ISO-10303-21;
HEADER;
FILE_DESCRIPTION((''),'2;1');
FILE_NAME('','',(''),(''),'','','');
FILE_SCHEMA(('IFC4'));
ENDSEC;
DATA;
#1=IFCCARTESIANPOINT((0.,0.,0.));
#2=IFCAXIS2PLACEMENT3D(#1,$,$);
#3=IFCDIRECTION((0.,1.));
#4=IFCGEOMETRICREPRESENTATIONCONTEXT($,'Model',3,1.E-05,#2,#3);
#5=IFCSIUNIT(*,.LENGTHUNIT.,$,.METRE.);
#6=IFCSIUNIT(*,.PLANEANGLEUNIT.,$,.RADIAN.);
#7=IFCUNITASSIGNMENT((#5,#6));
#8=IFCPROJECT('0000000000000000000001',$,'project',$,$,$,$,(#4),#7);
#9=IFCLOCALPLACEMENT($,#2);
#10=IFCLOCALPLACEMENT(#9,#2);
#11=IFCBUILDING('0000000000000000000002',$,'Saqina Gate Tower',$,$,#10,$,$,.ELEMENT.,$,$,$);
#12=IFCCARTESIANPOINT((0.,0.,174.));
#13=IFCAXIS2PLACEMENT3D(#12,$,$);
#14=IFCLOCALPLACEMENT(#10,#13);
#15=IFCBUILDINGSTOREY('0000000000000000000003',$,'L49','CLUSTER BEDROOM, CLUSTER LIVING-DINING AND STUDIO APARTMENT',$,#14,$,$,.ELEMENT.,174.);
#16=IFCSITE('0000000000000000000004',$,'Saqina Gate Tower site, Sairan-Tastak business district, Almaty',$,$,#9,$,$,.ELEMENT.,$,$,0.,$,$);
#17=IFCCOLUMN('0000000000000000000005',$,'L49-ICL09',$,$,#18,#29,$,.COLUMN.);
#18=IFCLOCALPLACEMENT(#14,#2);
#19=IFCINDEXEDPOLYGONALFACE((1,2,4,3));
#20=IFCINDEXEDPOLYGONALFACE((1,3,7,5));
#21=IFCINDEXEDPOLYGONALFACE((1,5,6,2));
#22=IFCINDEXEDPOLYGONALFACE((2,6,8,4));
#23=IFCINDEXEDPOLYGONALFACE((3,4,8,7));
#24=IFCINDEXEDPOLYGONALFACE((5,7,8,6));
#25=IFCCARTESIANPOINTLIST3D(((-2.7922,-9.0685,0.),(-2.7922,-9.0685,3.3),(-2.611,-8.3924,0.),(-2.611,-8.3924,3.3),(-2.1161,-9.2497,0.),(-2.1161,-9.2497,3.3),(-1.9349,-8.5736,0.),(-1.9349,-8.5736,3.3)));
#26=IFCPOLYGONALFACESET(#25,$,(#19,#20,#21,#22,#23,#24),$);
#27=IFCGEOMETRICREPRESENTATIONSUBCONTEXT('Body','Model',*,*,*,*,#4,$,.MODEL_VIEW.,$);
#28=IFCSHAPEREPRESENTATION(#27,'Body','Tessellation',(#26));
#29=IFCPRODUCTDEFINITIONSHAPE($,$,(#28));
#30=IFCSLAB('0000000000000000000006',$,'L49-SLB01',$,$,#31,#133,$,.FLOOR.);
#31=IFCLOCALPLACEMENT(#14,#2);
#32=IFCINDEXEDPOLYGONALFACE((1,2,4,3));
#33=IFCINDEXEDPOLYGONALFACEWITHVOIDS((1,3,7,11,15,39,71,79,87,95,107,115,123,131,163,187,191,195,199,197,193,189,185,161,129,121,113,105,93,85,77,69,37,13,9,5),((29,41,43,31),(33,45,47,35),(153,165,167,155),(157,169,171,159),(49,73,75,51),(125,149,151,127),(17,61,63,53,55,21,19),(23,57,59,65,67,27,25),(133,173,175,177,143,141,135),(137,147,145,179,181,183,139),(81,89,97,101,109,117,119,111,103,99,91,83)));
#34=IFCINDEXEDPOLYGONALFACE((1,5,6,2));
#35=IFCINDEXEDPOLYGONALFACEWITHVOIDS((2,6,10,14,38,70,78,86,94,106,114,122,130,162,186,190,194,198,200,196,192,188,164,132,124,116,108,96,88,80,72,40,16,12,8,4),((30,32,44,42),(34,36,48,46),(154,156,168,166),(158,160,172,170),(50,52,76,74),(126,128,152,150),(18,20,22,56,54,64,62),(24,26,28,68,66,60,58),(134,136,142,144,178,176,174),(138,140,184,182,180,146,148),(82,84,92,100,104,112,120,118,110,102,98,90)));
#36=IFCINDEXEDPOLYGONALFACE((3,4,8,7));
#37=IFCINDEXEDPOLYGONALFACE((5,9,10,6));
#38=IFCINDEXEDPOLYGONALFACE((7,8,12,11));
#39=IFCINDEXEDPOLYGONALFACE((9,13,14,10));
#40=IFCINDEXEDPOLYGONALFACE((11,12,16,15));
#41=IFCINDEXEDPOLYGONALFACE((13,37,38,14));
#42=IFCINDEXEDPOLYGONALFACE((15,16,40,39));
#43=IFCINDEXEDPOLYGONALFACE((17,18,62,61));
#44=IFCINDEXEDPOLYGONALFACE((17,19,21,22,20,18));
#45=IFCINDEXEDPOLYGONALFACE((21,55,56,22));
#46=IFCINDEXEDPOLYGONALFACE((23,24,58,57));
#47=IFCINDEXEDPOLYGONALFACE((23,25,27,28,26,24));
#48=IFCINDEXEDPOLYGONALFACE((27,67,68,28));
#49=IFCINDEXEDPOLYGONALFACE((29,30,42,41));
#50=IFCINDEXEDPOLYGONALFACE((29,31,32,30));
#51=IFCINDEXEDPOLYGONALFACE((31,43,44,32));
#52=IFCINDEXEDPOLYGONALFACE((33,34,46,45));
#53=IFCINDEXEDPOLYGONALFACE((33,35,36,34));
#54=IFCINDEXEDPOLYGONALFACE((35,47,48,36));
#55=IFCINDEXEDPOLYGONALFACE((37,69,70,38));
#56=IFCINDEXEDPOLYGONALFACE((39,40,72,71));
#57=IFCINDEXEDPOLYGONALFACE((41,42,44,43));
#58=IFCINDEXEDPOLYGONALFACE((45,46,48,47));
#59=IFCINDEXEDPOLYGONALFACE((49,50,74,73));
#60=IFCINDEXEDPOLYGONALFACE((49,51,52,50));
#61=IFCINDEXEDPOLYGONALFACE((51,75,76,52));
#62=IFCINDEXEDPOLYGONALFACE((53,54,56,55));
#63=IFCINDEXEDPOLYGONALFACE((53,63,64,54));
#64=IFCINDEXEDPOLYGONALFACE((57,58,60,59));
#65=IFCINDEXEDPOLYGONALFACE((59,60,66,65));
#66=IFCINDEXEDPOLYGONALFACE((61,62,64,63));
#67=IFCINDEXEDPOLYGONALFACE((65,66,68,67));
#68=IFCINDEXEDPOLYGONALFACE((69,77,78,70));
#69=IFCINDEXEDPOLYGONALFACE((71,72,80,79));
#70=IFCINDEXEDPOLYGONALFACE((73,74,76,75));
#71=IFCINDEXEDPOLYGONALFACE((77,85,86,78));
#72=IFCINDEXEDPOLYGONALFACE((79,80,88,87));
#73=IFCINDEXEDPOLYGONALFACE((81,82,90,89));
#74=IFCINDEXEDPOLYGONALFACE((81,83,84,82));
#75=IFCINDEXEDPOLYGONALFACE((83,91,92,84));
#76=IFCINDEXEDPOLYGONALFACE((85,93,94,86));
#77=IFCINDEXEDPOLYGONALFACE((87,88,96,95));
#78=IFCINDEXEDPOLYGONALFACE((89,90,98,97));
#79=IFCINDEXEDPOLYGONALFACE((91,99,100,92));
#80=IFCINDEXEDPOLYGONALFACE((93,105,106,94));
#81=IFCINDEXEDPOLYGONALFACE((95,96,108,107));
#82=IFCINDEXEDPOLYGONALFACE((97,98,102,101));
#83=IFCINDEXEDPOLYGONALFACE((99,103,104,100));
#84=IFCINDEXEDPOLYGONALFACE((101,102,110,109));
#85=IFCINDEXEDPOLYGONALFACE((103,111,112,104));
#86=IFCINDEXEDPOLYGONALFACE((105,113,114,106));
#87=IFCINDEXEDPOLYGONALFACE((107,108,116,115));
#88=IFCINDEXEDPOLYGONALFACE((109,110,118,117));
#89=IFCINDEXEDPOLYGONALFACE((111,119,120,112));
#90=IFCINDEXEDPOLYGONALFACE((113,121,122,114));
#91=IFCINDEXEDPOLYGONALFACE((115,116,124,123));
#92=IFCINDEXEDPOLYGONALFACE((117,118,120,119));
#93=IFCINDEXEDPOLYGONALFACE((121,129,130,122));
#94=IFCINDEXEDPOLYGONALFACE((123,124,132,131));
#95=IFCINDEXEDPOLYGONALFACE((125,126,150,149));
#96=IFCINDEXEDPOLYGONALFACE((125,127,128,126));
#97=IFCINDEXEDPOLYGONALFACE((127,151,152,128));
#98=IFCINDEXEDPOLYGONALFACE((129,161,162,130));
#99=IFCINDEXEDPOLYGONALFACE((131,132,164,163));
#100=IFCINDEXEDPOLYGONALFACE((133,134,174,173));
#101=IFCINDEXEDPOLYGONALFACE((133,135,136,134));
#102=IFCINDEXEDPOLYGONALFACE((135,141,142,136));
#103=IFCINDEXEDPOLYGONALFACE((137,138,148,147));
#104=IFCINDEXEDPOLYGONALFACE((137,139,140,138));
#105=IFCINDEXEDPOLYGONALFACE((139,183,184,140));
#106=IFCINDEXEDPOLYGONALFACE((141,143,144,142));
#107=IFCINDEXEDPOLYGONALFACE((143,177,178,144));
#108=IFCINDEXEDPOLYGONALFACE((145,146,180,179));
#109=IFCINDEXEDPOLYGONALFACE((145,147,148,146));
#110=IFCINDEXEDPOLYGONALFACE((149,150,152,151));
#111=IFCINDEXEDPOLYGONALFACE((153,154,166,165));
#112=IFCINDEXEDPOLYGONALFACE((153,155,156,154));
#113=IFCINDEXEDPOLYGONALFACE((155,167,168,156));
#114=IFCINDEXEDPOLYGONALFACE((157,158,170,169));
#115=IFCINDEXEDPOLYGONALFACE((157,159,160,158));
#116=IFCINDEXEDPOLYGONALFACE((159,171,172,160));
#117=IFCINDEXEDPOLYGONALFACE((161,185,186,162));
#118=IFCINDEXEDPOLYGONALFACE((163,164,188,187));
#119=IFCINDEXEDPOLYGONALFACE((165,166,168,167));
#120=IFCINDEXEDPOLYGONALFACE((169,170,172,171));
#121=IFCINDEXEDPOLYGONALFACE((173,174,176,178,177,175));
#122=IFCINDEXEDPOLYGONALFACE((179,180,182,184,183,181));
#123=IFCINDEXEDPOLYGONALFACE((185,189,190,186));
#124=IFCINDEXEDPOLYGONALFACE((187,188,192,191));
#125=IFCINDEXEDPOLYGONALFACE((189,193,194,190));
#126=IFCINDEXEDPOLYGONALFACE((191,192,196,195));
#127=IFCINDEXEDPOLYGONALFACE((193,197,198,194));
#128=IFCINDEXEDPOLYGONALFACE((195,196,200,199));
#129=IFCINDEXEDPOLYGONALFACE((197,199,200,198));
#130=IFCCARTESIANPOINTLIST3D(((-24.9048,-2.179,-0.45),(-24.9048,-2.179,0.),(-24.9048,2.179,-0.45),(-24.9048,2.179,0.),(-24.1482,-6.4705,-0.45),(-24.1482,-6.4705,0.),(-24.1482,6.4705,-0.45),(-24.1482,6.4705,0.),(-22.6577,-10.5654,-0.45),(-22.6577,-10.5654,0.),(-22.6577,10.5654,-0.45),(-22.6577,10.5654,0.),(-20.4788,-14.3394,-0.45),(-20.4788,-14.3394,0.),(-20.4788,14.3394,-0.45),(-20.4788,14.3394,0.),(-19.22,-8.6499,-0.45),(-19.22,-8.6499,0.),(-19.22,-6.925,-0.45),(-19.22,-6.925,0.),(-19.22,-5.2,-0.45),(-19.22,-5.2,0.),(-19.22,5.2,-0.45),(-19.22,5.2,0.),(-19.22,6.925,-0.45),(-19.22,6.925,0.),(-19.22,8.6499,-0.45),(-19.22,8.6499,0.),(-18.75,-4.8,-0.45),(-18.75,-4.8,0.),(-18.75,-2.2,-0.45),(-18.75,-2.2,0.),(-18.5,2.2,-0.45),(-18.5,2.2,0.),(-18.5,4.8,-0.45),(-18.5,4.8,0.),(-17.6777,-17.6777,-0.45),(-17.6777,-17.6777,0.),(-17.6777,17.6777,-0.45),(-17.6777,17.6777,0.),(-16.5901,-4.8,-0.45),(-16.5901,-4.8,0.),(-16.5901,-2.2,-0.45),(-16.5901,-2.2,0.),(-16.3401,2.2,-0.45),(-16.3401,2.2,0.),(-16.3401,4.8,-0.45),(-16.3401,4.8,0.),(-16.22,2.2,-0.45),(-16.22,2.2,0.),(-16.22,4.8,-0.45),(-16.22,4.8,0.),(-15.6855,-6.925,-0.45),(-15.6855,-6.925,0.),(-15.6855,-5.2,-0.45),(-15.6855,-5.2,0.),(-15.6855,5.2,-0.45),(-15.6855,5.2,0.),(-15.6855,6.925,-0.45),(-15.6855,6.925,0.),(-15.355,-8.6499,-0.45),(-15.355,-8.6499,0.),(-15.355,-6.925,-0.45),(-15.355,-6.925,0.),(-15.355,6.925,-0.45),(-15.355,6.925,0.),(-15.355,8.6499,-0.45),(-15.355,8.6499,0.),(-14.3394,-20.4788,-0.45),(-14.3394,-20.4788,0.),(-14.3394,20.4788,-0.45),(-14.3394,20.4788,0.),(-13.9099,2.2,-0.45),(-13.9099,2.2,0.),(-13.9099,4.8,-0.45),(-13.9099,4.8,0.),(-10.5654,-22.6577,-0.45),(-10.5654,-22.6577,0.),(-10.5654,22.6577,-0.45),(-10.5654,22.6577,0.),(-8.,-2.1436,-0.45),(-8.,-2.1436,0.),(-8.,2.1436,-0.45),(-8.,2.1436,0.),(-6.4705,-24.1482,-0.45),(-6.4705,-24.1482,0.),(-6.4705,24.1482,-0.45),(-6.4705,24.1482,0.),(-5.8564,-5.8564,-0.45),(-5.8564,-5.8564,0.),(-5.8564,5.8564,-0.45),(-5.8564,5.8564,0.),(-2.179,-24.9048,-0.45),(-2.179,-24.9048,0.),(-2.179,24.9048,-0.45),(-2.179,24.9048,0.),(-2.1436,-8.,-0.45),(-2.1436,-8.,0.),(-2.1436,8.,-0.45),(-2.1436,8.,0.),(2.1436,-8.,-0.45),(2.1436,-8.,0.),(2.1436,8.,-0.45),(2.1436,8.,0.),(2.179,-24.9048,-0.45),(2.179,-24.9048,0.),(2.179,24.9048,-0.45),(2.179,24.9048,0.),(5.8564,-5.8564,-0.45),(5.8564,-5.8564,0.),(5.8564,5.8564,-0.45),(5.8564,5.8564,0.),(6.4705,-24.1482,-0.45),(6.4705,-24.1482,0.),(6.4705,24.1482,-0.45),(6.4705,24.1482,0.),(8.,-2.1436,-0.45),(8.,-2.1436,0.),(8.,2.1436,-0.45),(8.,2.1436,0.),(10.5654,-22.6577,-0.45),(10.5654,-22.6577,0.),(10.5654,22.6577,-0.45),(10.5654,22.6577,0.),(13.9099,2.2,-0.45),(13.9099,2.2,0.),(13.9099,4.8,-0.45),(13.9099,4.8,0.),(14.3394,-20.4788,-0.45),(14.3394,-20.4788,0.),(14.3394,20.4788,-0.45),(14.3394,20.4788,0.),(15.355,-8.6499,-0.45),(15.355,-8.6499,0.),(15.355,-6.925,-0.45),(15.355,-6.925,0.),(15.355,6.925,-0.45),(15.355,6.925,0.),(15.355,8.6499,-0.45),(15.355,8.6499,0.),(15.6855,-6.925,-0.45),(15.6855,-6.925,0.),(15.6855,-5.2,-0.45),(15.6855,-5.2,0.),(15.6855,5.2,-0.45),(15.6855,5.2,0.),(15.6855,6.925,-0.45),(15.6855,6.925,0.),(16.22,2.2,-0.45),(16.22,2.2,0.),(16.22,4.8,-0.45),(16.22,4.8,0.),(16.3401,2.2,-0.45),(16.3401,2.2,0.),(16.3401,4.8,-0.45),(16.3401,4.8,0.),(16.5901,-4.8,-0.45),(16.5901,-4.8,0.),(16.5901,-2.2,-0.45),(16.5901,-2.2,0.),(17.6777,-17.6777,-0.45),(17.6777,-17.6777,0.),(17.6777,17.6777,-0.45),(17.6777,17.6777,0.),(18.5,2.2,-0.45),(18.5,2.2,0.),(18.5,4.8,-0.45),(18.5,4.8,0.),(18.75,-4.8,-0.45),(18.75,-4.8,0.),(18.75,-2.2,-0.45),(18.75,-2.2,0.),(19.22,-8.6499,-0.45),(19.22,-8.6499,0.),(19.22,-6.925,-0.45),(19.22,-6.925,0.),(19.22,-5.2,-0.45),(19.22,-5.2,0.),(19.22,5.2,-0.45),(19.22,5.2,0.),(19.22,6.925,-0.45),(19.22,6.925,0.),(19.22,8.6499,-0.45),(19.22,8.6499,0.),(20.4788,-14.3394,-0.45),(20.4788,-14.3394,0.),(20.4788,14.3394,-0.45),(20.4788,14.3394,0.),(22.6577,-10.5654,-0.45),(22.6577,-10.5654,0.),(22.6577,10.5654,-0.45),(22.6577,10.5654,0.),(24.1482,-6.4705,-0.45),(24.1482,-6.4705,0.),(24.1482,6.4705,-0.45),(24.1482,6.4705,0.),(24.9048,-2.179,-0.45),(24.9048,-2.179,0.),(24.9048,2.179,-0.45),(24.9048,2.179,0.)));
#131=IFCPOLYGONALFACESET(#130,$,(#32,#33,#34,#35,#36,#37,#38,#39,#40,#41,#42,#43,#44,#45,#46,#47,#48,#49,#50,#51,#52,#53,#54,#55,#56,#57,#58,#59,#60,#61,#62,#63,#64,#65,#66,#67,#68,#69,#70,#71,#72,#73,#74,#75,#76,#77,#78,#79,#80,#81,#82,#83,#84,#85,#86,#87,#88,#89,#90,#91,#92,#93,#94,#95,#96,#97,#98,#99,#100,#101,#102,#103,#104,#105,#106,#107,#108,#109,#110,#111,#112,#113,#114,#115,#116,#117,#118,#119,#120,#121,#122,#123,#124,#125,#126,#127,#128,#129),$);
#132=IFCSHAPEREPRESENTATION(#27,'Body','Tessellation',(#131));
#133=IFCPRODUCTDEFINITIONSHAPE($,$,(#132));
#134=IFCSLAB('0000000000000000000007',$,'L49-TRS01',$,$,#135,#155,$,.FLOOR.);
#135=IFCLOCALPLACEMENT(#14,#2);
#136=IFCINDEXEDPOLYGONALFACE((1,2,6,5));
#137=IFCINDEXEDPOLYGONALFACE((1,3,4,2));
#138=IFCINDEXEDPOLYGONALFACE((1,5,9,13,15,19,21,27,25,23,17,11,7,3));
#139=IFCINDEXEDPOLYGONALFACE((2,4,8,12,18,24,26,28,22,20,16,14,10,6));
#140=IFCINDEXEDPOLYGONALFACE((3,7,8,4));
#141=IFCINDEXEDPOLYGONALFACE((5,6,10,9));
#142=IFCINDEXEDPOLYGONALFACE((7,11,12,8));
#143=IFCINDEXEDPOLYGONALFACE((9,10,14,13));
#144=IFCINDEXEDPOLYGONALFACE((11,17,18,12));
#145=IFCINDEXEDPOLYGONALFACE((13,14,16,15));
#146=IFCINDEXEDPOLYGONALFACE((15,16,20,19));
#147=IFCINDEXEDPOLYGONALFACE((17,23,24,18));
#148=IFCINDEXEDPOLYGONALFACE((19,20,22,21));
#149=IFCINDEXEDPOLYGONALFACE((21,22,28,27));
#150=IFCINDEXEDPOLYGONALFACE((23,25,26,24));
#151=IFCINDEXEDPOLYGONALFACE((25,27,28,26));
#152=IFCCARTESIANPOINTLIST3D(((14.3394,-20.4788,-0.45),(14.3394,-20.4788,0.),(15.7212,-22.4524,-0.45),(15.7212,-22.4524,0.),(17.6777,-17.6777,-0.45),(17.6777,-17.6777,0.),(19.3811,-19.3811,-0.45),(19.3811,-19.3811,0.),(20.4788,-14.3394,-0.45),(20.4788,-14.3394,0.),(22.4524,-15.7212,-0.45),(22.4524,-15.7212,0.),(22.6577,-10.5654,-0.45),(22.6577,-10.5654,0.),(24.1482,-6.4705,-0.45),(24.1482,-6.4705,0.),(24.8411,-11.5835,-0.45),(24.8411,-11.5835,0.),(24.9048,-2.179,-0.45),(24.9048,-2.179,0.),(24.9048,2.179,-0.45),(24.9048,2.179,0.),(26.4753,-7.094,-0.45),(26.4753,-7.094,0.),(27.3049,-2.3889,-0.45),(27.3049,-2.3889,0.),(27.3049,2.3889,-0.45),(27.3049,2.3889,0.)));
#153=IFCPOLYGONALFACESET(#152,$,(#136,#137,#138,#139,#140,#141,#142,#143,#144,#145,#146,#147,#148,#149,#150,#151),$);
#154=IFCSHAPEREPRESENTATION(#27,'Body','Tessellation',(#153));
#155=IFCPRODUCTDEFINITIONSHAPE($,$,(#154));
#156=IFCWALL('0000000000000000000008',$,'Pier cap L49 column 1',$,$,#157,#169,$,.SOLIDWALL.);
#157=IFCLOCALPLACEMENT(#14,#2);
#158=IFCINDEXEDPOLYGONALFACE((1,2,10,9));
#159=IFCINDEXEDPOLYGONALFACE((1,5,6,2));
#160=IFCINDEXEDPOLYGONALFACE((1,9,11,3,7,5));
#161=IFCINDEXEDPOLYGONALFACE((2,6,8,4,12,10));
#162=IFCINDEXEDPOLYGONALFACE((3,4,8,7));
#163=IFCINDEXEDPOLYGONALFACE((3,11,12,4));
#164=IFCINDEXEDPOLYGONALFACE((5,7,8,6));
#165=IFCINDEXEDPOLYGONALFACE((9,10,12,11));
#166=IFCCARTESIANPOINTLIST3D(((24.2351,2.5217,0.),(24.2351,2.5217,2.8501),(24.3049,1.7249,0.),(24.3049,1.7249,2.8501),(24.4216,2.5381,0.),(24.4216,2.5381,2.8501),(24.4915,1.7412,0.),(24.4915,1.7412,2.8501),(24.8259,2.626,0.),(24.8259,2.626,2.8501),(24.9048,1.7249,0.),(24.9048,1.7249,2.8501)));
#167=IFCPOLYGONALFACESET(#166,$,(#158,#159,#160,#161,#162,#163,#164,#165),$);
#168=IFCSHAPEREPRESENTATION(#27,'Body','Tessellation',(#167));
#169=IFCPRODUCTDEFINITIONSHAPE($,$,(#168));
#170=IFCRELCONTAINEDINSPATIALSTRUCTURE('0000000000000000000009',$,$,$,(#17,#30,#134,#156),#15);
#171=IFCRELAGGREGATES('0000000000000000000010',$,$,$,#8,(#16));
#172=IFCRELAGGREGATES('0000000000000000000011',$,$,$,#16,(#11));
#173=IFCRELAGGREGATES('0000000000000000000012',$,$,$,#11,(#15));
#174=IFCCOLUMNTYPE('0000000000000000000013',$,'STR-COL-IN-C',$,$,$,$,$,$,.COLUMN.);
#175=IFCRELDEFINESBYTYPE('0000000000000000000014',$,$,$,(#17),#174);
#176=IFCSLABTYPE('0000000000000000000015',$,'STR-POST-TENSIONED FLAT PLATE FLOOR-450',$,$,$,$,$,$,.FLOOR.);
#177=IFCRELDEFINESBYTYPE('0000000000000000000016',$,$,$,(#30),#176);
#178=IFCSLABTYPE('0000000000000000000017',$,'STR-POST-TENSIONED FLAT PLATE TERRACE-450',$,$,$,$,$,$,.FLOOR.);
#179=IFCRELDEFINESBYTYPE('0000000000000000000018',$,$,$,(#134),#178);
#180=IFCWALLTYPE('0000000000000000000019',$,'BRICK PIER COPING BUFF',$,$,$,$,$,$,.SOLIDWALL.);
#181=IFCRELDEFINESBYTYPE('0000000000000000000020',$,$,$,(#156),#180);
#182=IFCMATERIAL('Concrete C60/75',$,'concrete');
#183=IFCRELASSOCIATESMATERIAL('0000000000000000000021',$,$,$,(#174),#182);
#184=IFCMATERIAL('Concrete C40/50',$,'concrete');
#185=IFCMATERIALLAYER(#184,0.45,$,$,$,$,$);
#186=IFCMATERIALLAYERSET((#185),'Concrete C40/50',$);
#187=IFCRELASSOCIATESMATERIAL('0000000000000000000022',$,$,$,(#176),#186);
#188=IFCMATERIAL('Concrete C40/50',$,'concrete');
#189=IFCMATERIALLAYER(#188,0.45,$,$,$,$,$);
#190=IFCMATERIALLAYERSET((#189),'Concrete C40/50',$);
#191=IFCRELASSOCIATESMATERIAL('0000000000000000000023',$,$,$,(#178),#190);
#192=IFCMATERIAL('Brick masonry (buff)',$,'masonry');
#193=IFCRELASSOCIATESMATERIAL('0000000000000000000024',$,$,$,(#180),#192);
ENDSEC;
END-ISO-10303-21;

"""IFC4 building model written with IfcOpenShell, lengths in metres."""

from ifc_helpers import new_model, si_unit, direction, frame, origin, origin_2d, place, context, subcontext, project, spatial, polyline, rectangle, outline, extrude, material, layer, layer_set, material_profile, profile_set, type_object, element, save


model = new_model("IFC4")

# Units and contexts
model_context = context("Model", 3, precision=1e-05, world=origin(), true_north=direction((0.0, 1.0)))
body_context = subcontext(model_context, "Body", "Model", "MODEL_VIEW")
ifc_project = project(units=[si_unit("LENGTHUNIT", "METRE"), si_unit("PLANEANGLEUNIT", "RADIAN")], contexts=[model_context])

# Site, building, storey
site_placement = place(None, origin())
site = spatial("IfcSite", under=ifc_project, at=site_placement, Name="Saqina Gate Tower site, Sairan-Tastak business district, Almaty", CompositionType="ELEMENT", RefElevation=0.0)
building_placement = place(site_placement, origin())
building = spatial("IfcBuilding", under=site, at=building_placement, Name="Saqina Gate Tower", CompositionType="ELEMENT")
storey_placement = place(building_placement, frame((0.0, 0.0, 174.0)))
storey = spatial("IfcBuildingStorey", under=building, at=storey_placement, Name="L49", Description="CLUSTER BEDROOM, CLUSTER LIVING-DINING AND STUDIO APARTMENT", CompositionType="ELEMENT", Elevation=174.0)

# Column
ifc_material_1 = material(Name="Concrete C60/75", Category="concrete")
ifc_material_profile = material_profile(ifc_material_1, rectangle(XDim=0.7, YDim=0.7, at=origin_2d()), Name="RC 700x700")
ifc_profile_set = profile_set([ifc_material_profile], Name="Concrete C60/75")
column_type = type_object("IfcColumnType", Name="STR-COL-IN-C", PredefinedType="COLUMN", material=ifc_profile_set)
column_placement = place(storey_placement, frame((-2.3635, -8.821, 0.0), z_axis=(0.0, 0.0, 1.0), x_axis=(-0.258819, -0.965926, 0.0)))
element("IfcColumn", 1, at=column_placement, inside=storey, type_object=column_type, Name="L49-ICL09", PredefinedType="COLUMN", context=body_context, shape_type="SweptSolid", body=[
    extrude(rectangle(XDim=0.7, YDim=0.7, at=origin_2d()), origin(), (0.0, 0.0, 1.0), 3.3),
])

# Slabs
ifc_material_2 = material(Name="Concrete C40/50", Category="concrete")
ifc_layer_1 = layer(ifc_material_2, 0.45)
ifc_layer_set_1 = layer_set([ifc_layer_1], Name="Concrete C40/50")
slab_type_1 = type_object("IfcSlabType", Name="STR-POST-TENSIONED FLAT PLATE FLOOR-450", PredefinedType="FLOOR", material=ifc_layer_set_1)
slab_1_placement = place(storey_placement, frame((0.0, 0.0, -0.45)))
element("IfcSlab", 2, at=slab_1_placement, inside=storey, type_object=slab_type_1, Name="L49-SLB01", PredefinedType="FLOOR", context=body_context, shape_type="SweptSolid", body=[
    extrude(outline(polyline([(24.1482, -6.4705), (24.9048, -2.179), (24.9048, 2.179), (24.1482, 6.4705), (22.6577, 10.5654), (20.4788, 14.3394), (17.6777, 17.6777), (14.3394, 20.4788), (10.5654, 22.6577), (6.4705, 24.1482), (2.179, 24.9048), (-2.179, 24.9048), (-6.4705, 24.1482), (-10.5654, 22.6577), (-14.3394, 20.4788), (-17.6777, 17.6777), (-20.4788, 14.3394), (-22.6577, 10.5654), (-24.1482, 6.4705), (-24.9048, 2.179), (-24.9048, -2.179), (-24.1482, -6.4705), (-22.6577, -10.5654), (-20.4788, -14.3394), (-17.6777, -17.6777), (-14.3394, -20.4788), (-10.5654, -22.6577), (-6.4705, -24.1482), (-2.179, -24.9048), (2.179, -24.9048), (6.4705, -24.1482), (10.5654, -22.6577), (14.3394, -20.4788), (17.6777, -17.6777), (20.4788, -14.3394), (22.6577, -10.5654), (24.1482, -6.4705)]), holes=[polyline([(2.1436, 8.0), (5.8564, 5.8564), (8.0, 2.1436), (8.0, -2.1436), (5.8564, -5.8564), (2.1436, -8.0), (-2.1436, -8.0), (-5.8564, -5.8564), (-8.0, -2.1436), (-8.0, 2.1436), (-5.8564, 5.8564), (-2.1436, 8.0), (2.1436, 8.0)]), polyline([(-15.355, -8.6499), (-19.22, -8.6499), (-19.22, -6.925), (-19.22, -5.2), (-15.6855, -5.2), (-15.6855, -6.925), (-15.355, -6.925), (-15.355, -8.6499)]), polyline([(-16.5901, -2.2), (-16.5901, -4.8), (-18.75, -4.8), (-18.75, -2.2), (-16.5901, -2.2)]), polyline([(-16.3401, 4.8), (-16.3401, 2.2), (-18.5, 2.2), (-18.5, 4.8), (-16.3401, 4.8)]), polyline([(-13.9099, 4.8), (-13.9099, 2.2), (-16.22, 2.2), (-16.22, 4.8), (-13.9099, 4.8)]), polyline([(-19.22, 6.925), (-19.22, 8.6499), (-15.355, 8.6499), (-15.355, 6.925), (-15.6855, 6.925), (-15.6855, 5.2), (-19.22, 5.2), (-19.22, 6.925)]), polyline([(15.355, -8.6499), (15.355, -6.925), (15.6855, -6.925), (15.6855, -5.2), (19.22, -5.2), (19.22, -6.925), (19.22, -8.6499), (15.355, -8.6499)]), polyline([(18.75, -2.2), (18.75, -4.8), (16.5901, -4.8), (16.5901, -2.2), (18.75, -2.2)]), polyline([(16.22, 4.8), (16.22, 2.2), (13.9099, 2.2), (13.9099, 4.8), (16.22, 4.8)]), polyline([(18.5, 4.8), (18.5, 2.2), (16.3401, 2.2), (16.3401, 4.8), (18.5, 4.8)]), polyline([(15.6855, 6.925), (15.355, 6.925), (15.355, 8.6499), (19.22, 8.6499), (19.22, 6.925), (19.22, 5.2), (15.6855, 5.2), (15.6855, 6.925)])]), origin(), (0.0, 0.0, 1.0), 0.45),
])
ifc_material_3 = material(Name="Concrete C40/50", Category="concrete")
ifc_layer_2 = layer(ifc_material_3, 0.45)
ifc_layer_set_2 = layer_set([ifc_layer_2], Name="Concrete C40/50")
slab_type_2 = type_object("IfcSlabType", Name="STR-POST-TENSIONED FLAT PLATE TERRACE-450", PredefinedType="FLOOR", material=ifc_layer_set_2)
slab_2_placement = place(storey_placement, frame((0.0, 0.0, -0.45)))
element("IfcSlab", 3, at=slab_2_placement, inside=storey, type_object=slab_type_2, Name="L49-TRS01", PredefinedType="FLOOR", context=body_context, shape_type="SweptSolid", body=[
    extrude(outline(polyline([(14.3394, -20.4788), (17.6777, -17.6777), (20.4788, -14.3394), (22.6577, -10.5654), (24.1482, -6.4705), (24.9048, -2.179), (24.9048, 2.179), (27.3049, 2.3889), (27.3049, -2.3889), (26.4753, -7.094), (24.8411, -11.5835), (22.4524, -15.7212), (19.3811, -19.3811), (15.7212, -22.4524), (14.3394, -20.4788)])), origin(), (0.0, 0.0, 1.0), 0.45),
])

# Wall
ifc_material_4 = material(Name="Brick masonry (buff)", Category="masonry")
wall_type_1 = type_object("IfcWallType", Name="BRICK PIER COPING BUFF", PredefinedType="SOLIDWALL", material=ifc_material_4)
wall_1_placement = place(storey_placement, origin())
element("IfcWall", 4, at=wall_1_placement, inside=storey, type_object=wall_type_1, Name="Pier cap L49 column 1", PredefinedType="SOLIDWALL", context=body_context, shape_type="SweptSolid", body=[
    extrude(outline(polyline([(24.9048, 1.7249), (24.8259, 2.626), (24.2351, 2.5217), (24.4216, 2.5381), (24.4915, 1.7412), (24.3049, 1.7249), (24.9048, 1.7249)])), origin(), (0.0, 0.0, 1.0), 2.8501),
])

save(model, "model.ifc")
